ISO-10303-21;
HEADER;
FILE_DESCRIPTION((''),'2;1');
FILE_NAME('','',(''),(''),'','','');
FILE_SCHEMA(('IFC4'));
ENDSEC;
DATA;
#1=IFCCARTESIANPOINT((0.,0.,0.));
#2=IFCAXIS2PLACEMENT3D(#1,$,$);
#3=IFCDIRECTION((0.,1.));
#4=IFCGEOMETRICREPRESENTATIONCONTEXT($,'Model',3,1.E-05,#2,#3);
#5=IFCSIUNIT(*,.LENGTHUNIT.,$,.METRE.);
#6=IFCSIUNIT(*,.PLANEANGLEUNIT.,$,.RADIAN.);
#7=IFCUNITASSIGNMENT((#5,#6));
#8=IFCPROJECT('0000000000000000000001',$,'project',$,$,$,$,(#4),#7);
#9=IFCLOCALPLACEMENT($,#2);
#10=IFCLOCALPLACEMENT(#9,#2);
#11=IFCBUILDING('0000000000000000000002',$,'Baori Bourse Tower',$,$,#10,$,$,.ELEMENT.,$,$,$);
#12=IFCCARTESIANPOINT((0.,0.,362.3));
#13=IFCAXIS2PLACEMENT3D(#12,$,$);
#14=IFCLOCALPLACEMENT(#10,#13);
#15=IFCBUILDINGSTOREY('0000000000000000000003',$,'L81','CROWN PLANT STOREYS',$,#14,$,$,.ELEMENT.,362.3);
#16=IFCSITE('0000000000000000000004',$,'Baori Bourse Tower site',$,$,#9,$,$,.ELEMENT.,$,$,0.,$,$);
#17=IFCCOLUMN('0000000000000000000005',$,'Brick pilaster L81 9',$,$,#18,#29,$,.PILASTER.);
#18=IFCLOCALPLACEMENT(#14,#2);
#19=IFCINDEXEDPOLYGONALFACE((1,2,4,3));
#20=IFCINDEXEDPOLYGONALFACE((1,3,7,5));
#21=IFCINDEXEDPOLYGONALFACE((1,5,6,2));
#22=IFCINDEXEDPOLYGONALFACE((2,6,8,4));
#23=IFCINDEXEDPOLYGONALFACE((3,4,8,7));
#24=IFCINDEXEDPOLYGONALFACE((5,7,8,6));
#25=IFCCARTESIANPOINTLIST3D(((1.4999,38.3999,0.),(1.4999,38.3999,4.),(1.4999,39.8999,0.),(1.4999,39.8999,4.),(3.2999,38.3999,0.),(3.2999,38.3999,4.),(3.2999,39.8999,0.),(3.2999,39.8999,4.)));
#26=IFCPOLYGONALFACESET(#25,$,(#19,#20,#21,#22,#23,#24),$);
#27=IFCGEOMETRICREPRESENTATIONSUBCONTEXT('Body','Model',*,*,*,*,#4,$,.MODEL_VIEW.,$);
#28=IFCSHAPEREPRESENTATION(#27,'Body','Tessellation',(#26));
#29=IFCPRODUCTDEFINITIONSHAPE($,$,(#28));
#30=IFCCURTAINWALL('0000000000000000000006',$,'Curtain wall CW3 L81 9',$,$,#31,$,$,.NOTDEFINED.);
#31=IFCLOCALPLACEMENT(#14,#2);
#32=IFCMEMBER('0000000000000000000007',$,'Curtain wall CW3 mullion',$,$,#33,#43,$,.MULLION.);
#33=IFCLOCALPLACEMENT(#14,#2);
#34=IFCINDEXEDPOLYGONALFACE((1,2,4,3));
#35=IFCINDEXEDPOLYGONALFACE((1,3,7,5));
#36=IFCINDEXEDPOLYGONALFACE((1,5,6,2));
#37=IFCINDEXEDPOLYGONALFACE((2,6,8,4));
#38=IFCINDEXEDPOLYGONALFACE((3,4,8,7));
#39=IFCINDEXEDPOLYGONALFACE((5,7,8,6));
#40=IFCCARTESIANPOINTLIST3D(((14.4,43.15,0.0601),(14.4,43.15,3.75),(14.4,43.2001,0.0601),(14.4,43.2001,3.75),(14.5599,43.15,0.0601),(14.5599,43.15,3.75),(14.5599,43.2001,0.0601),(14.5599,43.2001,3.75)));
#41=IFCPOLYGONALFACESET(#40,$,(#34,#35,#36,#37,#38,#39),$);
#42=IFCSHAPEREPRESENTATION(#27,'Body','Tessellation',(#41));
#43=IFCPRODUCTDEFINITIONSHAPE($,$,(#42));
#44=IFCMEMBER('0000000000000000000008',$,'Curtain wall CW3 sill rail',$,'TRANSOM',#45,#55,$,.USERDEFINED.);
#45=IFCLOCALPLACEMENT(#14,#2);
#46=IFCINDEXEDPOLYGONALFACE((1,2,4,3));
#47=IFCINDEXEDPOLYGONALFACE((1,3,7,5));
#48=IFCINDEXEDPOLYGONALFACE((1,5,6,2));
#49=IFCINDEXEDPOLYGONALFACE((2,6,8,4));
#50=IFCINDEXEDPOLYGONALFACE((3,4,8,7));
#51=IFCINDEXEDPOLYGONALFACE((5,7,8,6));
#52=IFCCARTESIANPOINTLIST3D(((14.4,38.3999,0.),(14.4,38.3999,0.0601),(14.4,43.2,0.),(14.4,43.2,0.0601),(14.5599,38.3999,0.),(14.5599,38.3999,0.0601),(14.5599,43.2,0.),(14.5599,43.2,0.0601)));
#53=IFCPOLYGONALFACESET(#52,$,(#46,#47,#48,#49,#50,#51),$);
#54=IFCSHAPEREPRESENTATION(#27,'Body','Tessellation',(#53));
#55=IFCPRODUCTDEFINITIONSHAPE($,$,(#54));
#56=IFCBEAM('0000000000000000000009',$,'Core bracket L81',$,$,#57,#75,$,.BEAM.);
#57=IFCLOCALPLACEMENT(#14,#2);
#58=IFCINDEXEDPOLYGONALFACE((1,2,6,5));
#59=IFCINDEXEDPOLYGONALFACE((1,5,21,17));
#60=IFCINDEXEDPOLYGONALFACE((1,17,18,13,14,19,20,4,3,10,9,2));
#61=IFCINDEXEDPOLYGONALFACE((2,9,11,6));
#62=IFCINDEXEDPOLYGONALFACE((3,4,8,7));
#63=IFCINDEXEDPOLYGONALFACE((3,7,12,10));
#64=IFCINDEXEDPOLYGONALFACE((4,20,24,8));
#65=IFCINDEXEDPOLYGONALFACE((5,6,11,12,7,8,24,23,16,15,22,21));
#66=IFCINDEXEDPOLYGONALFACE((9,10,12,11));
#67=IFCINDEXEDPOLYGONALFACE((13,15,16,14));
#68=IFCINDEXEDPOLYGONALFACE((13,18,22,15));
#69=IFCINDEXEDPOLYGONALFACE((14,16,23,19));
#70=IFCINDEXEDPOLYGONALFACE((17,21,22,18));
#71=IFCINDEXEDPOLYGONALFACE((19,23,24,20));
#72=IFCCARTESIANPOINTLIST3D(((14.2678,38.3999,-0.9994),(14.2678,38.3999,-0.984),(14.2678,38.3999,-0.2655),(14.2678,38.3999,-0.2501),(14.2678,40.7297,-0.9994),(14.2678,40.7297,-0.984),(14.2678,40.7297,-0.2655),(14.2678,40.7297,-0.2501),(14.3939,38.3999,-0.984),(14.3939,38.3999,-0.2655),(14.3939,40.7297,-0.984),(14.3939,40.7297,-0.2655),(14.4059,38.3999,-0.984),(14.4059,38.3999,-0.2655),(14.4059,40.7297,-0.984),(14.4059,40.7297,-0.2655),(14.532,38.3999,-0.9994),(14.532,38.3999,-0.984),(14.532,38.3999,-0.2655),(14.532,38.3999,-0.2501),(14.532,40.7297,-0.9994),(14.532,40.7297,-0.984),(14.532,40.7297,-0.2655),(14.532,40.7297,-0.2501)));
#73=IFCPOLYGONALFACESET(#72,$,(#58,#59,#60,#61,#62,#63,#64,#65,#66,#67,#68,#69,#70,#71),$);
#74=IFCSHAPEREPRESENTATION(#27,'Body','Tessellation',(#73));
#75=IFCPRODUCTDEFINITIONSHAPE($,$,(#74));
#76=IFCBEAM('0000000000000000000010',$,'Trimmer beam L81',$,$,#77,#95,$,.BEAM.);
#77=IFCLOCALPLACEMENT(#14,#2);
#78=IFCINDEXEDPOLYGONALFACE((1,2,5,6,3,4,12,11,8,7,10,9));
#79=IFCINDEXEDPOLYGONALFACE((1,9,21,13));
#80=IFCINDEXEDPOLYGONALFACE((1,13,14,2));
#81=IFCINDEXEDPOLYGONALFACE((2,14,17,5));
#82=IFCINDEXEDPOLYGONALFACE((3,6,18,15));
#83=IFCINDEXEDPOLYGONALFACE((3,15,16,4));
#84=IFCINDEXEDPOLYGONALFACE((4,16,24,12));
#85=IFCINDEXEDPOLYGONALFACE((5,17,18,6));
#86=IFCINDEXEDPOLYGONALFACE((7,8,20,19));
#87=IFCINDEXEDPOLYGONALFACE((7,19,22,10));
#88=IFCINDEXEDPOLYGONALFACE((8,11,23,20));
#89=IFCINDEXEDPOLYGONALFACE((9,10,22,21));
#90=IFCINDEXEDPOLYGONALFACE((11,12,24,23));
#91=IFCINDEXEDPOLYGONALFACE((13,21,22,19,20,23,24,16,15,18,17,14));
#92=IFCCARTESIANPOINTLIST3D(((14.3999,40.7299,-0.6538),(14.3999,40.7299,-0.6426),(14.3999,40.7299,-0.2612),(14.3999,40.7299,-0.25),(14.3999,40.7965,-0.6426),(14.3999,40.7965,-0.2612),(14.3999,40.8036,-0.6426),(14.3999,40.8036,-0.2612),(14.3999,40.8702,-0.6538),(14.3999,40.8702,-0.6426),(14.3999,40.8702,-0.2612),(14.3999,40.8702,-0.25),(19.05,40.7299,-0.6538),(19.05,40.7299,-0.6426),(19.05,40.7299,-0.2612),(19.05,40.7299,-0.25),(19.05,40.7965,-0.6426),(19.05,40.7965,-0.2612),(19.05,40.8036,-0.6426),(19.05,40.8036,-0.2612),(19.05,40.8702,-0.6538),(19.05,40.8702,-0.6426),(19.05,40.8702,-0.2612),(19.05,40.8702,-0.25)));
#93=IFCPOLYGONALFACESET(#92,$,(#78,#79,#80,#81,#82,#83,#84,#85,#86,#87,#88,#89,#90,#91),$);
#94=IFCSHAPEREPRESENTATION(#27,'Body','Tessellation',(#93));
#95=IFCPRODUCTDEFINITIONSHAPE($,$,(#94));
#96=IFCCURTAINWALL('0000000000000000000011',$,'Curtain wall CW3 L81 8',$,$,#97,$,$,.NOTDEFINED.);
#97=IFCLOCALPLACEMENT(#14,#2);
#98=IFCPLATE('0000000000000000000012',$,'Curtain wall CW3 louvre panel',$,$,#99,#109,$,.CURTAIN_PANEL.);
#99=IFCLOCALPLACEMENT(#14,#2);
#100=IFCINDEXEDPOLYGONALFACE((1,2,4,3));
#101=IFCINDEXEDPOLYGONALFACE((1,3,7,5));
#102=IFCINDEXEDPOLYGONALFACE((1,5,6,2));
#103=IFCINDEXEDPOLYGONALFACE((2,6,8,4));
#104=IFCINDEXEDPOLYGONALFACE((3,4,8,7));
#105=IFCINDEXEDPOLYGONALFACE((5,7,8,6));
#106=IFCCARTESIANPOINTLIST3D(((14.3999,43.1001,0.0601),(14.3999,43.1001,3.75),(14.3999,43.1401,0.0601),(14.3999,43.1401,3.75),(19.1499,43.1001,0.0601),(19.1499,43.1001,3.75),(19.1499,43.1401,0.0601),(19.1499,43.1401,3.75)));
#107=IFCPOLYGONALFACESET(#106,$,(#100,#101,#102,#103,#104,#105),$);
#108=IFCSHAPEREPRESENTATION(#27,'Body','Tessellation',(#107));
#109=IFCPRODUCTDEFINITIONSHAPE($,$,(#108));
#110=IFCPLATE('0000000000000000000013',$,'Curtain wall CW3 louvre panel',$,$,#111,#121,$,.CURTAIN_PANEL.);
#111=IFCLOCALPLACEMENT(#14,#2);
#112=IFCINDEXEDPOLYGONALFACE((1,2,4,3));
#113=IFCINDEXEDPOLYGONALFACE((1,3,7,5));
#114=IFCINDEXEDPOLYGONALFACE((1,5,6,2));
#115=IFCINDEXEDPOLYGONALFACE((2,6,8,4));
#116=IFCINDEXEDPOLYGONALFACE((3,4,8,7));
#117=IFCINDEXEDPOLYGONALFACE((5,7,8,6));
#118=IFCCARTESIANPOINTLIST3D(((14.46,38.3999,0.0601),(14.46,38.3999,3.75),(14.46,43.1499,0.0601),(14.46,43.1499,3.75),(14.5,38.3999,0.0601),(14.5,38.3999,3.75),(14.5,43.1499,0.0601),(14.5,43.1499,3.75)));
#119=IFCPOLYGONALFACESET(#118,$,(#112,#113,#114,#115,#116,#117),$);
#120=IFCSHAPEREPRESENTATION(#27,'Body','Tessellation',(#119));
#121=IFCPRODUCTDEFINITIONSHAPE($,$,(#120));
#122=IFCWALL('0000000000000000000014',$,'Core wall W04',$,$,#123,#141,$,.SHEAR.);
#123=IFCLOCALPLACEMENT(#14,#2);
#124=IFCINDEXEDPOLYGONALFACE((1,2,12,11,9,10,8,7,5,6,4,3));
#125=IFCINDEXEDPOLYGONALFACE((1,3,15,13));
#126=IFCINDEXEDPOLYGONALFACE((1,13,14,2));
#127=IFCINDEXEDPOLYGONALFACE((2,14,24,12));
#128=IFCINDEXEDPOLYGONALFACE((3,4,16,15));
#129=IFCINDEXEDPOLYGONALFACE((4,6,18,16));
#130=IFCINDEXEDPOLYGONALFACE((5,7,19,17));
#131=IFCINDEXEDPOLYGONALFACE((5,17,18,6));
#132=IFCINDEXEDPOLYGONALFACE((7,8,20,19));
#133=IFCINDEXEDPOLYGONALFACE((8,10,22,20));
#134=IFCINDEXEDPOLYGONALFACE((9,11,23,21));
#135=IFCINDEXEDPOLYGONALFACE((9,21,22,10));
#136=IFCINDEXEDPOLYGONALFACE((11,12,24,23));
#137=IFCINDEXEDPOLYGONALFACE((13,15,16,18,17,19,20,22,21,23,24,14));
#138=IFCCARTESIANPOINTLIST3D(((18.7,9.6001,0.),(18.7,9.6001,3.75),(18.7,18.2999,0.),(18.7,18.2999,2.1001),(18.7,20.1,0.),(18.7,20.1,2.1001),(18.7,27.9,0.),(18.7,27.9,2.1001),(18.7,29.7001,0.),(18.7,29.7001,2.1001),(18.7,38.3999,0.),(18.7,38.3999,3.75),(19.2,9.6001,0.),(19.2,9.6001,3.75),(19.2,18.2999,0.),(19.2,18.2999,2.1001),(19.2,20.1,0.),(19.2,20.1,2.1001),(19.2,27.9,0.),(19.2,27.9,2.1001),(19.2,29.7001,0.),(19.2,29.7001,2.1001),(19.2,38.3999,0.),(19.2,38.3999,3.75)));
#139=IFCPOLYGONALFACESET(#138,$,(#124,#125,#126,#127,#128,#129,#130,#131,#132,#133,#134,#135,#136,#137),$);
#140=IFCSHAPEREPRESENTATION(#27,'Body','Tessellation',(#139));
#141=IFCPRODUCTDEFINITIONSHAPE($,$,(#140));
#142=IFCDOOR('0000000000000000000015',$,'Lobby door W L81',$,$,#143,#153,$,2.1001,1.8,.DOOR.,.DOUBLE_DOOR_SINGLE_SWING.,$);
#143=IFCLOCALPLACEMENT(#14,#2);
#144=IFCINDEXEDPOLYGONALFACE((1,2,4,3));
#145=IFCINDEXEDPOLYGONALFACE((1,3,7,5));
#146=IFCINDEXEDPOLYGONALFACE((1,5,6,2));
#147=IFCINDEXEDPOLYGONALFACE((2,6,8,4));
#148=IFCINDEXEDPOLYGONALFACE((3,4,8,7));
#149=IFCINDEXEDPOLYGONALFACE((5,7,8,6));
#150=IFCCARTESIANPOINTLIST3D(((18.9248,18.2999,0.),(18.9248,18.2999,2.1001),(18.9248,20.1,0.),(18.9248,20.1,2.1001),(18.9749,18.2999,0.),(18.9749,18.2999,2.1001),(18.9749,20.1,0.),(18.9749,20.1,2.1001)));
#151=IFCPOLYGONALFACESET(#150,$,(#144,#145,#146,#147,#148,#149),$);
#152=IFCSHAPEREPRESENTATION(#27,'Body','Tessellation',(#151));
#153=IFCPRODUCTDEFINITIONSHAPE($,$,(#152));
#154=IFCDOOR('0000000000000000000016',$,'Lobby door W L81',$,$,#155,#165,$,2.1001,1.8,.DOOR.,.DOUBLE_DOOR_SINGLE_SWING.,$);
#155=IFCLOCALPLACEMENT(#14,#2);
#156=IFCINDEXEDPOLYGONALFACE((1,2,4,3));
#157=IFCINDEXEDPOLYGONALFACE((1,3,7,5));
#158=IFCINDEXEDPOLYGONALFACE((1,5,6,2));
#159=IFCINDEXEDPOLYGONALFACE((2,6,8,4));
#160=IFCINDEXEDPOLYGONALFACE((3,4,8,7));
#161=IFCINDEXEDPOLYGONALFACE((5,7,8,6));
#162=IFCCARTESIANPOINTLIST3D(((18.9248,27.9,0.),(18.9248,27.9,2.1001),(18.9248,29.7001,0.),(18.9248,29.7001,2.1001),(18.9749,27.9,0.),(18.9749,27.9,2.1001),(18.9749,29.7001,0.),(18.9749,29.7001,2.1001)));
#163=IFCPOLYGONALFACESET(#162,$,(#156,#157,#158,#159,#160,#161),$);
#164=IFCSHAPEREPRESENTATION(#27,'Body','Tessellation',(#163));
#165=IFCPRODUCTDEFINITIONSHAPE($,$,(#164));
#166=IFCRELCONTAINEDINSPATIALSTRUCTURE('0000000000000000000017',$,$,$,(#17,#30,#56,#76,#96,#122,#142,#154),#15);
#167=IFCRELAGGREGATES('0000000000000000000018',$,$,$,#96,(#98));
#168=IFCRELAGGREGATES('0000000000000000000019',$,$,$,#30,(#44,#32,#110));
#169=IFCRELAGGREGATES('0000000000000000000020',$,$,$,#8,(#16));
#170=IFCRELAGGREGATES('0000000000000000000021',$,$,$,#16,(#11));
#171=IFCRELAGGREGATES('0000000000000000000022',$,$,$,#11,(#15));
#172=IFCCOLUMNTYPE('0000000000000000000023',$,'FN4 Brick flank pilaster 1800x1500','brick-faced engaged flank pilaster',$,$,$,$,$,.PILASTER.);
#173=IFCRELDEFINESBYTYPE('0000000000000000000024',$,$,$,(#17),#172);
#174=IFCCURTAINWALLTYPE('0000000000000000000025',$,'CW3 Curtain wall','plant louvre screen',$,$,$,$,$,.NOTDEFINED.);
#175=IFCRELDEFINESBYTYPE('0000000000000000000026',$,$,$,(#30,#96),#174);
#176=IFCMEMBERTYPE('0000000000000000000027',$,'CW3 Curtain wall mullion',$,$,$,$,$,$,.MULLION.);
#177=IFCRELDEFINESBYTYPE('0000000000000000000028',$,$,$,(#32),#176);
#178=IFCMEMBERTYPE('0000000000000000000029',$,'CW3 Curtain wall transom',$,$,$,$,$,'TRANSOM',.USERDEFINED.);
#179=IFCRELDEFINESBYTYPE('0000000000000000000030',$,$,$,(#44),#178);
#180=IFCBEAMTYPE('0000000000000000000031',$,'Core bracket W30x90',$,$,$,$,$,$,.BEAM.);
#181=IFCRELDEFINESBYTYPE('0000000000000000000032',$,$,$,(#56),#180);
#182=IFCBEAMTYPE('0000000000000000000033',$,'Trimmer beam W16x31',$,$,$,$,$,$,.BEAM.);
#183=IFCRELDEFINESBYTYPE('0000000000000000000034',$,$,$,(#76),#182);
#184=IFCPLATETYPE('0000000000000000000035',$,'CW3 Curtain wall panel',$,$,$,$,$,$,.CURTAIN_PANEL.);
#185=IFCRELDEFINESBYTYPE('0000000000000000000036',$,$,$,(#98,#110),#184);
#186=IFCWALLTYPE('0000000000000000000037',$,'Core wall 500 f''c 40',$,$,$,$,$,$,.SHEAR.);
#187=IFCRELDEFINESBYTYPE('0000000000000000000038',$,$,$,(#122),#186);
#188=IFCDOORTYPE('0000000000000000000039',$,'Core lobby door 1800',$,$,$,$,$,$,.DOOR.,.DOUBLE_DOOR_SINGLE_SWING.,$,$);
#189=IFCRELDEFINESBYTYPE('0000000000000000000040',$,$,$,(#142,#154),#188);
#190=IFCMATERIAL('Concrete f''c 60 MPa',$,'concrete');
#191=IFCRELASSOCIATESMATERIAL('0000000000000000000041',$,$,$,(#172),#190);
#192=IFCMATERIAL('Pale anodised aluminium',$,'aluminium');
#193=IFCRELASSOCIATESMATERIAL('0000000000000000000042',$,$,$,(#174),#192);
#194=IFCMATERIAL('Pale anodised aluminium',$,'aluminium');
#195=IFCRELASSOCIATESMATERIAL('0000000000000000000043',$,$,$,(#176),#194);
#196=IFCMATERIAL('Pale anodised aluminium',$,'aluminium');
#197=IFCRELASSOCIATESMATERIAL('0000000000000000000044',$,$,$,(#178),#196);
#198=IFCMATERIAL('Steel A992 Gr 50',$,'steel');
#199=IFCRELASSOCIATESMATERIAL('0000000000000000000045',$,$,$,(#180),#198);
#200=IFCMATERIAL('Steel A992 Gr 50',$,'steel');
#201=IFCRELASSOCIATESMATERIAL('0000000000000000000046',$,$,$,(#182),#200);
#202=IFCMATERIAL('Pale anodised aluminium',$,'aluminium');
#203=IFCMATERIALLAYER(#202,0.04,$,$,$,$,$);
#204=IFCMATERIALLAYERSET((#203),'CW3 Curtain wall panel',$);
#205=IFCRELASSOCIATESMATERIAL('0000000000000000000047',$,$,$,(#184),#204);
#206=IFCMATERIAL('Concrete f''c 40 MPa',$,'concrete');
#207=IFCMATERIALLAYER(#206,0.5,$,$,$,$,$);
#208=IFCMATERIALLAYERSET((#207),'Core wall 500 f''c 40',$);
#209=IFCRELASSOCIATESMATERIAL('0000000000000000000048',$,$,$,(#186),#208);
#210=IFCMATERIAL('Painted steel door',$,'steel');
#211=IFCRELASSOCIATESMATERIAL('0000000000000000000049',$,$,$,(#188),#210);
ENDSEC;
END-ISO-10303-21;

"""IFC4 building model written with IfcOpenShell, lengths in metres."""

from ifc_helpers import new_model, si_unit, direction, frame, frame_2d, origin, origin_2d, place, context, subcontext, project, spatial, rectangle, i_section, extrude, material, layer, layer_set, material_profile, profile_set, type_object, element, fill, aggregate, save


model = new_model("IFC4")

# Units and contexts
model_context = context("Model", 3, precision=1e-05, world=origin(), true_north=direction((0.0, 1.0)))
body_context = subcontext(model_context, "Body", "Model", "MODEL_VIEW")
ifc_project = project(units=[si_unit("LENGTHUNIT", "METRE"), si_unit("PLANEANGLEUNIT", "RADIAN")], contexts=[model_context])

# Site, building, storey
site_placement = place(None, origin())
site = spatial("IfcSite", under=ifc_project, at=site_placement, Name="Baori Bourse Tower site", CompositionType="ELEMENT", RefElevation=0.0)
building_placement = place(site_placement, origin())
building = spatial("IfcBuilding", under=site, at=building_placement, Name="Baori Bourse Tower", CompositionType="ELEMENT")
storey_placement = place(building_placement, frame((0.0, 0.0, 362.3)))
storey = spatial("IfcBuildingStorey", under=building, at=storey_placement, Name="L81", Description="CROWN PLANT STOREYS", CompositionType="ELEMENT", Elevation=362.3)

# Column
ifc_material_1 = material(Name="Concrete f'c 60 MPa", Category="concrete")
ifc_material_profile_1 = material_profile(ifc_material_1, rectangle(XDim=1.8, YDim=1.5, at=origin_2d()), Name="RC 1800x1500")
ifc_profile_set_1 = profile_set([ifc_material_profile_1], Name="Concrete f'c 60 MPa")
column_type = type_object("IfcColumnType", Name="FN4 Brick flank pilaster 1800x1500", Description="brick-faced engaged flank pilaster", PredefinedType="PILASTER", material=ifc_profile_set_1)
column_placement = place(storey_placement, frame((2.3999, 39.1499, 0.0), z_axis=(0.0, 0.0, 1.0), x_axis=(1.0, 0.0, 0.0)))
element("IfcColumn", 1, at=column_placement, inside=storey, type_object=column_type, Name="Brick pilaster L81 9", PredefinedType="PILASTER", context=body_context, shape_type="SweptSolid", body=[
    extrude(rectangle(XDim=1.8, YDim=1.5, at=origin_2d()), origin(), (0.0, 0.0, 1.0), 4.0),
])

# Curtain wall, members
ifc_material_2 = material(Name="Pale anodised aluminium", Category="aluminium")
curtain_wall_type = type_object("IfcCurtainWallType", Name="CW3 Curtain wall", Description="plant louvre screen", PredefinedType="NOTDEFINED", material=ifc_material_2)
curtain_wall_1_placement = place(storey_placement, origin())
curtain_wall_1 = element("IfcCurtainWall", 2, at=curtain_wall_1_placement, inside=storey, type_object=curtain_wall_type, Name="Curtain wall CW3 L81 9", PredefinedType="NOTDEFINED")
ifc_material_3 = material(Name="Pale anodised aluminium", Category="aluminium")
ifc_material_profile_2 = material_profile(ifc_material_3, rectangle(XDim=0.1599, YDim=0.05, at=origin_2d()), Name="Mullion 50x160")
ifc_profile_set_2 = profile_set([ifc_material_profile_2], Name="Pale anodised aluminium")
member_type_1 = type_object("IfcMemberType", Name="CW3 Curtain wall mullion", PredefinedType="MULLION", material=ifc_profile_set_2)
member_1_placement = place(storey_placement, frame((14.48, 43.175, 0.0601), z_axis=(0.0, 0.0, 1.0), x_axis=(1.0, 0.0, 0.0)))
member_1 = element("IfcMember", 3, at=member_1_placement, type_object=member_type_1, Name="Curtain wall CW3 mullion", PredefinedType="MULLION", context=body_context, shape_type="SweptSolid", body=[
    extrude(rectangle(XDim=0.1599, YDim=0.05, at=origin_2d()), origin(), (0.0, 0.0, 1.0), 3.6899),
])
ifc_material_4 = material(Name="Pale anodised aluminium", Category="aluminium")
ifc_material_profile_3 = material_profile(ifc_material_4, rectangle(XDim=0.1599, YDim=0.0601, at=origin_2d()), Name="Transom 60x160")
ifc_profile_set_3 = profile_set([ifc_material_profile_3], Name="Pale anodised aluminium")
member_type_2 = type_object("IfcMemberType", Name="CW3 Curtain wall transom", ElementType="TRANSOM", PredefinedType="USERDEFINED", material=ifc_profile_set_3)
member_2_placement = place(storey_placement, frame((14.48, 43.2, 0.03), z_axis=(0.0, -1.0, 0.0), x_axis=(1.0, 0.0, 0.0)))
member_2 = element("IfcMember", 4, at=member_2_placement, type_object=member_type_2, Name="Curtain wall CW3 sill rail", ObjectType="TRANSOM", PredefinedType="USERDEFINED", context=body_context, shape_type="SweptSolid", body=[
    extrude(rectangle(XDim=0.1599, YDim=0.0601, at=origin_2d()), origin(), (0.0, 0.0, 1.0), 4.8),
])

# Beams
ifc_material_5 = material(Name="Steel A992 Gr 50", Category="steel")
ifc_material_profile_4 = material_profile(ifc_material_5, i_section(OverallWidth=0.2642, OverallDepth=0.7493, WebThickness=0.012, FlangeThickness=0.0154, at=origin_2d()), Name="W30x90")
ifc_profile_set_4 = profile_set([ifc_material_profile_4], Name="Steel A992 Gr 50")
beam_type_1 = type_object("IfcBeamType", Name="Core bracket W30x90", PredefinedType="BEAM", material=ifc_profile_set_4)
beam_1_placement = place(storey_placement, frame((14.3999, 38.3999, -0.6248), z_axis=(0.0, 1.0, 0.0), x_axis=(-1.0, 0.0, 0.0)))
element("IfcBeam", 5, at=beam_1_placement, inside=storey, type_object=beam_type_1, Name="Core bracket L81", PredefinedType="BEAM", context=body_context, shape_type="SweptSolid", body=[
    extrude(i_section(OverallWidth=0.2642, OverallDepth=0.7493, WebThickness=0.012, FlangeThickness=0.0154, at=origin_2d()), origin(), (0.0, 0.0, 1.0), 2.3298),
])
ifc_material_6 = material(Name="Steel A992 Gr 50", Category="steel")
ifc_material_profile_5 = material_profile(ifc_material_6, i_section(OverallWidth=0.1404, OverallDepth=0.4038, WebThickness=0.0071, FlangeThickness=0.0112, at=origin_2d()), Name="W16x31")
ifc_profile_set_5 = profile_set([ifc_material_profile_5], Name="Steel A992 Gr 50")
beam_type_2 = type_object("IfcBeamType", Name="Trimmer beam W16x31", PredefinedType="BEAM", material=ifc_profile_set_5)
beam_2_placement = place(storey_placement, frame((14.3999, 40.8, -0.4519), z_axis=(1.0, 0.0, 0.0), x_axis=(0.0, 1.0, 0.0)))
element("IfcBeam", 6, at=beam_2_placement, inside=storey, type_object=beam_type_2, Name="Trimmer beam L81", PredefinedType="BEAM", context=body_context, shape_type="SweptSolid", body=[
    extrude(i_section(OverallWidth=0.1404, OverallDepth=0.4038, WebThickness=0.0071, FlangeThickness=0.0112, at=origin_2d()), origin(), (0.0, 0.0, 1.0), 4.6501),
])

# Curtain wall, plate
curtain_wall_2_placement = place(storey_placement, origin())
curtain_wall_2 = element("IfcCurtainWall", 7, at=curtain_wall_2_placement, inside=storey, type_object=curtain_wall_type, Name="Curtain wall CW3 L81 8", PredefinedType="NOTDEFINED")
ifc_material_7 = material(Name="Pale anodised aluminium", Category="aluminium")
ifc_layer_1 = layer(ifc_material_7, 0.04)
ifc_layer_set_1 = layer_set([ifc_layer_1], Name="CW3 Curtain wall panel")
plate_type = type_object("IfcPlateType", Name="CW3 Curtain wall panel", PredefinedType="CURTAIN_PANEL", material=ifc_layer_set_1)
plate_1_placement = place(storey_placement, frame((16.7749, 43.1201, 0.0601), z_axis=(0.0, 0.0, 1.0), x_axis=(-1.0, 0.0, 0.0)))
plate_1 = element("IfcPlate", 8, at=plate_1_placement, type_object=plate_type, Name="Curtain wall CW3 louvre panel", PredefinedType="CURTAIN_PANEL", context=body_context, shape_type="SweptSolid", body=[
    extrude(rectangle(XDim=4.75, YDim=0.04, at=origin_2d()), origin(), (0.0, 0.0, 1.0), 3.6899),
])
aggregate(curtain_wall_2, [plate_1])

# Plate
plate_2_placement = place(storey_placement, frame((14.48, 40.7749, 0.0601), z_axis=(0.0, 0.0, 1.0), x_axis=(0.0, -1.0, 0.0)))
plate_2 = element("IfcPlate", 9, at=plate_2_placement, type_object=plate_type, Name="Curtain wall CW3 louvre panel", PredefinedType="CURTAIN_PANEL", context=body_context, shape_type="SweptSolid", body=[
    extrude(rectangle(XDim=4.75, YDim=0.04, at=origin_2d()), origin(), (0.0, 0.0, 1.0), 3.6899),
])
aggregate(curtain_wall_1, [member_2, member_1, plate_2])

# Wall, openings, doors
ifc_material_8 = material(Name="Concrete f'c 40 MPa", Category="concrete")
ifc_layer_2 = layer(ifc_material_8, 0.5)
ifc_layer_set_2 = layer_set([ifc_layer_2], Name="Core wall 500 f'c 40")
wall_type_1 = type_object("IfcWallType", Name="Core wall 500 f'c 40", PredefinedType="SHEAR", material=ifc_layer_set_2)
wall_1_placement = place(storey_placement, frame((18.95, 38.3999, 0.0), z_axis=(0.0, 0.0, 1.0), x_axis=(0.0, -1.0, 0.0)))
wall_1 = element("IfcWall", 10, at=wall_1_placement, inside=storey, type_object=wall_type_1, Name="Core wall W04", PredefinedType="SHEAR", context=body_context, shape_type="SweptSolid", body=[
    extrude(rectangle(XDim=28.7998, YDim=0.5, at=frame_2d((14.3999, 0.0))), origin(), (0.0, 0.0, 1.0), 3.75),
])
opening_1_placement = place(wall_1_placement, frame((18.3, 0.0, 0.0)))
opening_1 = element("IfcOpeningElement", 11, at=opening_1_placement, cuts=wall_1, PredefinedType="OPENING", context=body_context, shape_type="SweptSolid", body=[
    extrude(rectangle(XDim=1.8, YDim=2.1001, at=frame_2d((0.8999, 1.05))), frame((0.0, 0.26, 0.0), z_axis=(0.0, -1.0, 0.0), x_axis=(1.0, 0.0, 0.0)), (0.0, 0.0, 1.0), 0.52),
])
opening_2_placement = place(wall_1_placement, frame((8.7, 0.0, 0.0)))
opening_2 = element("IfcOpeningElement", 12, at=opening_2_placement, cuts=wall_1, PredefinedType="OPENING", context=body_context, shape_type="SweptSolid", body=[
    extrude(rectangle(XDim=1.8, YDim=2.1001, at=frame_2d((0.8999, 1.05))), frame((0.0, 0.26, 0.0), z_axis=(0.0, -1.0, 0.0), x_axis=(1.0, 0.0, 0.0)), (0.0, 0.0, 1.0), 0.52),
])
ifc_material_9 = material(Name="Painted steel door", Category="steel")
door_type_1 = type_object("IfcDoorType", Name="Core lobby door 1800", OperationType="DOUBLE_DOOR_SINGLE_SWING", PredefinedType="DOOR", material=ifc_material_9)
door_1_placement = place(opening_1_placement, origin())
door_1 = element("IfcDoor", 13, at=door_1_placement, inside=storey, type_object=door_type_1, Name="Lobby door W L81", OperationType="DOUBLE_DOOR_SINGLE_SWING", OverallHeight=2.1001, OverallWidth=1.8, PredefinedType="DOOR", context=body_context, shape_type="SweptSolid", body=[
    extrude(rectangle(XDim=1.8, YDim=2.1001, at=frame_2d((0.8999, 1.05))), frame((0.0, 0.0249, 0.0), z_axis=(0.0, -1.0, 0.0), x_axis=(1.0, 0.0, 0.0)), (0.0, 0.0, 1.0), 0.05),
])
fill(opening_1, door_1)
door_2_placement = place(opening_2_placement, origin())
door_2 = element("IfcDoor", 14, at=door_2_placement, inside=storey, type_object=door_type_1, Name="Lobby door W L81", OperationType="DOUBLE_DOOR_SINGLE_SWING", OverallHeight=2.1001, OverallWidth=1.8, PredefinedType="DOOR", context=body_context, shape_type="SweptSolid", body=[
    extrude(rectangle(XDim=1.8, YDim=2.1001, at=frame_2d((0.8999, 1.05))), frame((0.0, 0.0249, 0.0), z_axis=(0.0, -1.0, 0.0), x_axis=(1.0, 0.0, 0.0)), (0.0, 0.0, 1.0), 0.05),
])
fill(opening_2, door_2)

save(model, "model.ifc")
